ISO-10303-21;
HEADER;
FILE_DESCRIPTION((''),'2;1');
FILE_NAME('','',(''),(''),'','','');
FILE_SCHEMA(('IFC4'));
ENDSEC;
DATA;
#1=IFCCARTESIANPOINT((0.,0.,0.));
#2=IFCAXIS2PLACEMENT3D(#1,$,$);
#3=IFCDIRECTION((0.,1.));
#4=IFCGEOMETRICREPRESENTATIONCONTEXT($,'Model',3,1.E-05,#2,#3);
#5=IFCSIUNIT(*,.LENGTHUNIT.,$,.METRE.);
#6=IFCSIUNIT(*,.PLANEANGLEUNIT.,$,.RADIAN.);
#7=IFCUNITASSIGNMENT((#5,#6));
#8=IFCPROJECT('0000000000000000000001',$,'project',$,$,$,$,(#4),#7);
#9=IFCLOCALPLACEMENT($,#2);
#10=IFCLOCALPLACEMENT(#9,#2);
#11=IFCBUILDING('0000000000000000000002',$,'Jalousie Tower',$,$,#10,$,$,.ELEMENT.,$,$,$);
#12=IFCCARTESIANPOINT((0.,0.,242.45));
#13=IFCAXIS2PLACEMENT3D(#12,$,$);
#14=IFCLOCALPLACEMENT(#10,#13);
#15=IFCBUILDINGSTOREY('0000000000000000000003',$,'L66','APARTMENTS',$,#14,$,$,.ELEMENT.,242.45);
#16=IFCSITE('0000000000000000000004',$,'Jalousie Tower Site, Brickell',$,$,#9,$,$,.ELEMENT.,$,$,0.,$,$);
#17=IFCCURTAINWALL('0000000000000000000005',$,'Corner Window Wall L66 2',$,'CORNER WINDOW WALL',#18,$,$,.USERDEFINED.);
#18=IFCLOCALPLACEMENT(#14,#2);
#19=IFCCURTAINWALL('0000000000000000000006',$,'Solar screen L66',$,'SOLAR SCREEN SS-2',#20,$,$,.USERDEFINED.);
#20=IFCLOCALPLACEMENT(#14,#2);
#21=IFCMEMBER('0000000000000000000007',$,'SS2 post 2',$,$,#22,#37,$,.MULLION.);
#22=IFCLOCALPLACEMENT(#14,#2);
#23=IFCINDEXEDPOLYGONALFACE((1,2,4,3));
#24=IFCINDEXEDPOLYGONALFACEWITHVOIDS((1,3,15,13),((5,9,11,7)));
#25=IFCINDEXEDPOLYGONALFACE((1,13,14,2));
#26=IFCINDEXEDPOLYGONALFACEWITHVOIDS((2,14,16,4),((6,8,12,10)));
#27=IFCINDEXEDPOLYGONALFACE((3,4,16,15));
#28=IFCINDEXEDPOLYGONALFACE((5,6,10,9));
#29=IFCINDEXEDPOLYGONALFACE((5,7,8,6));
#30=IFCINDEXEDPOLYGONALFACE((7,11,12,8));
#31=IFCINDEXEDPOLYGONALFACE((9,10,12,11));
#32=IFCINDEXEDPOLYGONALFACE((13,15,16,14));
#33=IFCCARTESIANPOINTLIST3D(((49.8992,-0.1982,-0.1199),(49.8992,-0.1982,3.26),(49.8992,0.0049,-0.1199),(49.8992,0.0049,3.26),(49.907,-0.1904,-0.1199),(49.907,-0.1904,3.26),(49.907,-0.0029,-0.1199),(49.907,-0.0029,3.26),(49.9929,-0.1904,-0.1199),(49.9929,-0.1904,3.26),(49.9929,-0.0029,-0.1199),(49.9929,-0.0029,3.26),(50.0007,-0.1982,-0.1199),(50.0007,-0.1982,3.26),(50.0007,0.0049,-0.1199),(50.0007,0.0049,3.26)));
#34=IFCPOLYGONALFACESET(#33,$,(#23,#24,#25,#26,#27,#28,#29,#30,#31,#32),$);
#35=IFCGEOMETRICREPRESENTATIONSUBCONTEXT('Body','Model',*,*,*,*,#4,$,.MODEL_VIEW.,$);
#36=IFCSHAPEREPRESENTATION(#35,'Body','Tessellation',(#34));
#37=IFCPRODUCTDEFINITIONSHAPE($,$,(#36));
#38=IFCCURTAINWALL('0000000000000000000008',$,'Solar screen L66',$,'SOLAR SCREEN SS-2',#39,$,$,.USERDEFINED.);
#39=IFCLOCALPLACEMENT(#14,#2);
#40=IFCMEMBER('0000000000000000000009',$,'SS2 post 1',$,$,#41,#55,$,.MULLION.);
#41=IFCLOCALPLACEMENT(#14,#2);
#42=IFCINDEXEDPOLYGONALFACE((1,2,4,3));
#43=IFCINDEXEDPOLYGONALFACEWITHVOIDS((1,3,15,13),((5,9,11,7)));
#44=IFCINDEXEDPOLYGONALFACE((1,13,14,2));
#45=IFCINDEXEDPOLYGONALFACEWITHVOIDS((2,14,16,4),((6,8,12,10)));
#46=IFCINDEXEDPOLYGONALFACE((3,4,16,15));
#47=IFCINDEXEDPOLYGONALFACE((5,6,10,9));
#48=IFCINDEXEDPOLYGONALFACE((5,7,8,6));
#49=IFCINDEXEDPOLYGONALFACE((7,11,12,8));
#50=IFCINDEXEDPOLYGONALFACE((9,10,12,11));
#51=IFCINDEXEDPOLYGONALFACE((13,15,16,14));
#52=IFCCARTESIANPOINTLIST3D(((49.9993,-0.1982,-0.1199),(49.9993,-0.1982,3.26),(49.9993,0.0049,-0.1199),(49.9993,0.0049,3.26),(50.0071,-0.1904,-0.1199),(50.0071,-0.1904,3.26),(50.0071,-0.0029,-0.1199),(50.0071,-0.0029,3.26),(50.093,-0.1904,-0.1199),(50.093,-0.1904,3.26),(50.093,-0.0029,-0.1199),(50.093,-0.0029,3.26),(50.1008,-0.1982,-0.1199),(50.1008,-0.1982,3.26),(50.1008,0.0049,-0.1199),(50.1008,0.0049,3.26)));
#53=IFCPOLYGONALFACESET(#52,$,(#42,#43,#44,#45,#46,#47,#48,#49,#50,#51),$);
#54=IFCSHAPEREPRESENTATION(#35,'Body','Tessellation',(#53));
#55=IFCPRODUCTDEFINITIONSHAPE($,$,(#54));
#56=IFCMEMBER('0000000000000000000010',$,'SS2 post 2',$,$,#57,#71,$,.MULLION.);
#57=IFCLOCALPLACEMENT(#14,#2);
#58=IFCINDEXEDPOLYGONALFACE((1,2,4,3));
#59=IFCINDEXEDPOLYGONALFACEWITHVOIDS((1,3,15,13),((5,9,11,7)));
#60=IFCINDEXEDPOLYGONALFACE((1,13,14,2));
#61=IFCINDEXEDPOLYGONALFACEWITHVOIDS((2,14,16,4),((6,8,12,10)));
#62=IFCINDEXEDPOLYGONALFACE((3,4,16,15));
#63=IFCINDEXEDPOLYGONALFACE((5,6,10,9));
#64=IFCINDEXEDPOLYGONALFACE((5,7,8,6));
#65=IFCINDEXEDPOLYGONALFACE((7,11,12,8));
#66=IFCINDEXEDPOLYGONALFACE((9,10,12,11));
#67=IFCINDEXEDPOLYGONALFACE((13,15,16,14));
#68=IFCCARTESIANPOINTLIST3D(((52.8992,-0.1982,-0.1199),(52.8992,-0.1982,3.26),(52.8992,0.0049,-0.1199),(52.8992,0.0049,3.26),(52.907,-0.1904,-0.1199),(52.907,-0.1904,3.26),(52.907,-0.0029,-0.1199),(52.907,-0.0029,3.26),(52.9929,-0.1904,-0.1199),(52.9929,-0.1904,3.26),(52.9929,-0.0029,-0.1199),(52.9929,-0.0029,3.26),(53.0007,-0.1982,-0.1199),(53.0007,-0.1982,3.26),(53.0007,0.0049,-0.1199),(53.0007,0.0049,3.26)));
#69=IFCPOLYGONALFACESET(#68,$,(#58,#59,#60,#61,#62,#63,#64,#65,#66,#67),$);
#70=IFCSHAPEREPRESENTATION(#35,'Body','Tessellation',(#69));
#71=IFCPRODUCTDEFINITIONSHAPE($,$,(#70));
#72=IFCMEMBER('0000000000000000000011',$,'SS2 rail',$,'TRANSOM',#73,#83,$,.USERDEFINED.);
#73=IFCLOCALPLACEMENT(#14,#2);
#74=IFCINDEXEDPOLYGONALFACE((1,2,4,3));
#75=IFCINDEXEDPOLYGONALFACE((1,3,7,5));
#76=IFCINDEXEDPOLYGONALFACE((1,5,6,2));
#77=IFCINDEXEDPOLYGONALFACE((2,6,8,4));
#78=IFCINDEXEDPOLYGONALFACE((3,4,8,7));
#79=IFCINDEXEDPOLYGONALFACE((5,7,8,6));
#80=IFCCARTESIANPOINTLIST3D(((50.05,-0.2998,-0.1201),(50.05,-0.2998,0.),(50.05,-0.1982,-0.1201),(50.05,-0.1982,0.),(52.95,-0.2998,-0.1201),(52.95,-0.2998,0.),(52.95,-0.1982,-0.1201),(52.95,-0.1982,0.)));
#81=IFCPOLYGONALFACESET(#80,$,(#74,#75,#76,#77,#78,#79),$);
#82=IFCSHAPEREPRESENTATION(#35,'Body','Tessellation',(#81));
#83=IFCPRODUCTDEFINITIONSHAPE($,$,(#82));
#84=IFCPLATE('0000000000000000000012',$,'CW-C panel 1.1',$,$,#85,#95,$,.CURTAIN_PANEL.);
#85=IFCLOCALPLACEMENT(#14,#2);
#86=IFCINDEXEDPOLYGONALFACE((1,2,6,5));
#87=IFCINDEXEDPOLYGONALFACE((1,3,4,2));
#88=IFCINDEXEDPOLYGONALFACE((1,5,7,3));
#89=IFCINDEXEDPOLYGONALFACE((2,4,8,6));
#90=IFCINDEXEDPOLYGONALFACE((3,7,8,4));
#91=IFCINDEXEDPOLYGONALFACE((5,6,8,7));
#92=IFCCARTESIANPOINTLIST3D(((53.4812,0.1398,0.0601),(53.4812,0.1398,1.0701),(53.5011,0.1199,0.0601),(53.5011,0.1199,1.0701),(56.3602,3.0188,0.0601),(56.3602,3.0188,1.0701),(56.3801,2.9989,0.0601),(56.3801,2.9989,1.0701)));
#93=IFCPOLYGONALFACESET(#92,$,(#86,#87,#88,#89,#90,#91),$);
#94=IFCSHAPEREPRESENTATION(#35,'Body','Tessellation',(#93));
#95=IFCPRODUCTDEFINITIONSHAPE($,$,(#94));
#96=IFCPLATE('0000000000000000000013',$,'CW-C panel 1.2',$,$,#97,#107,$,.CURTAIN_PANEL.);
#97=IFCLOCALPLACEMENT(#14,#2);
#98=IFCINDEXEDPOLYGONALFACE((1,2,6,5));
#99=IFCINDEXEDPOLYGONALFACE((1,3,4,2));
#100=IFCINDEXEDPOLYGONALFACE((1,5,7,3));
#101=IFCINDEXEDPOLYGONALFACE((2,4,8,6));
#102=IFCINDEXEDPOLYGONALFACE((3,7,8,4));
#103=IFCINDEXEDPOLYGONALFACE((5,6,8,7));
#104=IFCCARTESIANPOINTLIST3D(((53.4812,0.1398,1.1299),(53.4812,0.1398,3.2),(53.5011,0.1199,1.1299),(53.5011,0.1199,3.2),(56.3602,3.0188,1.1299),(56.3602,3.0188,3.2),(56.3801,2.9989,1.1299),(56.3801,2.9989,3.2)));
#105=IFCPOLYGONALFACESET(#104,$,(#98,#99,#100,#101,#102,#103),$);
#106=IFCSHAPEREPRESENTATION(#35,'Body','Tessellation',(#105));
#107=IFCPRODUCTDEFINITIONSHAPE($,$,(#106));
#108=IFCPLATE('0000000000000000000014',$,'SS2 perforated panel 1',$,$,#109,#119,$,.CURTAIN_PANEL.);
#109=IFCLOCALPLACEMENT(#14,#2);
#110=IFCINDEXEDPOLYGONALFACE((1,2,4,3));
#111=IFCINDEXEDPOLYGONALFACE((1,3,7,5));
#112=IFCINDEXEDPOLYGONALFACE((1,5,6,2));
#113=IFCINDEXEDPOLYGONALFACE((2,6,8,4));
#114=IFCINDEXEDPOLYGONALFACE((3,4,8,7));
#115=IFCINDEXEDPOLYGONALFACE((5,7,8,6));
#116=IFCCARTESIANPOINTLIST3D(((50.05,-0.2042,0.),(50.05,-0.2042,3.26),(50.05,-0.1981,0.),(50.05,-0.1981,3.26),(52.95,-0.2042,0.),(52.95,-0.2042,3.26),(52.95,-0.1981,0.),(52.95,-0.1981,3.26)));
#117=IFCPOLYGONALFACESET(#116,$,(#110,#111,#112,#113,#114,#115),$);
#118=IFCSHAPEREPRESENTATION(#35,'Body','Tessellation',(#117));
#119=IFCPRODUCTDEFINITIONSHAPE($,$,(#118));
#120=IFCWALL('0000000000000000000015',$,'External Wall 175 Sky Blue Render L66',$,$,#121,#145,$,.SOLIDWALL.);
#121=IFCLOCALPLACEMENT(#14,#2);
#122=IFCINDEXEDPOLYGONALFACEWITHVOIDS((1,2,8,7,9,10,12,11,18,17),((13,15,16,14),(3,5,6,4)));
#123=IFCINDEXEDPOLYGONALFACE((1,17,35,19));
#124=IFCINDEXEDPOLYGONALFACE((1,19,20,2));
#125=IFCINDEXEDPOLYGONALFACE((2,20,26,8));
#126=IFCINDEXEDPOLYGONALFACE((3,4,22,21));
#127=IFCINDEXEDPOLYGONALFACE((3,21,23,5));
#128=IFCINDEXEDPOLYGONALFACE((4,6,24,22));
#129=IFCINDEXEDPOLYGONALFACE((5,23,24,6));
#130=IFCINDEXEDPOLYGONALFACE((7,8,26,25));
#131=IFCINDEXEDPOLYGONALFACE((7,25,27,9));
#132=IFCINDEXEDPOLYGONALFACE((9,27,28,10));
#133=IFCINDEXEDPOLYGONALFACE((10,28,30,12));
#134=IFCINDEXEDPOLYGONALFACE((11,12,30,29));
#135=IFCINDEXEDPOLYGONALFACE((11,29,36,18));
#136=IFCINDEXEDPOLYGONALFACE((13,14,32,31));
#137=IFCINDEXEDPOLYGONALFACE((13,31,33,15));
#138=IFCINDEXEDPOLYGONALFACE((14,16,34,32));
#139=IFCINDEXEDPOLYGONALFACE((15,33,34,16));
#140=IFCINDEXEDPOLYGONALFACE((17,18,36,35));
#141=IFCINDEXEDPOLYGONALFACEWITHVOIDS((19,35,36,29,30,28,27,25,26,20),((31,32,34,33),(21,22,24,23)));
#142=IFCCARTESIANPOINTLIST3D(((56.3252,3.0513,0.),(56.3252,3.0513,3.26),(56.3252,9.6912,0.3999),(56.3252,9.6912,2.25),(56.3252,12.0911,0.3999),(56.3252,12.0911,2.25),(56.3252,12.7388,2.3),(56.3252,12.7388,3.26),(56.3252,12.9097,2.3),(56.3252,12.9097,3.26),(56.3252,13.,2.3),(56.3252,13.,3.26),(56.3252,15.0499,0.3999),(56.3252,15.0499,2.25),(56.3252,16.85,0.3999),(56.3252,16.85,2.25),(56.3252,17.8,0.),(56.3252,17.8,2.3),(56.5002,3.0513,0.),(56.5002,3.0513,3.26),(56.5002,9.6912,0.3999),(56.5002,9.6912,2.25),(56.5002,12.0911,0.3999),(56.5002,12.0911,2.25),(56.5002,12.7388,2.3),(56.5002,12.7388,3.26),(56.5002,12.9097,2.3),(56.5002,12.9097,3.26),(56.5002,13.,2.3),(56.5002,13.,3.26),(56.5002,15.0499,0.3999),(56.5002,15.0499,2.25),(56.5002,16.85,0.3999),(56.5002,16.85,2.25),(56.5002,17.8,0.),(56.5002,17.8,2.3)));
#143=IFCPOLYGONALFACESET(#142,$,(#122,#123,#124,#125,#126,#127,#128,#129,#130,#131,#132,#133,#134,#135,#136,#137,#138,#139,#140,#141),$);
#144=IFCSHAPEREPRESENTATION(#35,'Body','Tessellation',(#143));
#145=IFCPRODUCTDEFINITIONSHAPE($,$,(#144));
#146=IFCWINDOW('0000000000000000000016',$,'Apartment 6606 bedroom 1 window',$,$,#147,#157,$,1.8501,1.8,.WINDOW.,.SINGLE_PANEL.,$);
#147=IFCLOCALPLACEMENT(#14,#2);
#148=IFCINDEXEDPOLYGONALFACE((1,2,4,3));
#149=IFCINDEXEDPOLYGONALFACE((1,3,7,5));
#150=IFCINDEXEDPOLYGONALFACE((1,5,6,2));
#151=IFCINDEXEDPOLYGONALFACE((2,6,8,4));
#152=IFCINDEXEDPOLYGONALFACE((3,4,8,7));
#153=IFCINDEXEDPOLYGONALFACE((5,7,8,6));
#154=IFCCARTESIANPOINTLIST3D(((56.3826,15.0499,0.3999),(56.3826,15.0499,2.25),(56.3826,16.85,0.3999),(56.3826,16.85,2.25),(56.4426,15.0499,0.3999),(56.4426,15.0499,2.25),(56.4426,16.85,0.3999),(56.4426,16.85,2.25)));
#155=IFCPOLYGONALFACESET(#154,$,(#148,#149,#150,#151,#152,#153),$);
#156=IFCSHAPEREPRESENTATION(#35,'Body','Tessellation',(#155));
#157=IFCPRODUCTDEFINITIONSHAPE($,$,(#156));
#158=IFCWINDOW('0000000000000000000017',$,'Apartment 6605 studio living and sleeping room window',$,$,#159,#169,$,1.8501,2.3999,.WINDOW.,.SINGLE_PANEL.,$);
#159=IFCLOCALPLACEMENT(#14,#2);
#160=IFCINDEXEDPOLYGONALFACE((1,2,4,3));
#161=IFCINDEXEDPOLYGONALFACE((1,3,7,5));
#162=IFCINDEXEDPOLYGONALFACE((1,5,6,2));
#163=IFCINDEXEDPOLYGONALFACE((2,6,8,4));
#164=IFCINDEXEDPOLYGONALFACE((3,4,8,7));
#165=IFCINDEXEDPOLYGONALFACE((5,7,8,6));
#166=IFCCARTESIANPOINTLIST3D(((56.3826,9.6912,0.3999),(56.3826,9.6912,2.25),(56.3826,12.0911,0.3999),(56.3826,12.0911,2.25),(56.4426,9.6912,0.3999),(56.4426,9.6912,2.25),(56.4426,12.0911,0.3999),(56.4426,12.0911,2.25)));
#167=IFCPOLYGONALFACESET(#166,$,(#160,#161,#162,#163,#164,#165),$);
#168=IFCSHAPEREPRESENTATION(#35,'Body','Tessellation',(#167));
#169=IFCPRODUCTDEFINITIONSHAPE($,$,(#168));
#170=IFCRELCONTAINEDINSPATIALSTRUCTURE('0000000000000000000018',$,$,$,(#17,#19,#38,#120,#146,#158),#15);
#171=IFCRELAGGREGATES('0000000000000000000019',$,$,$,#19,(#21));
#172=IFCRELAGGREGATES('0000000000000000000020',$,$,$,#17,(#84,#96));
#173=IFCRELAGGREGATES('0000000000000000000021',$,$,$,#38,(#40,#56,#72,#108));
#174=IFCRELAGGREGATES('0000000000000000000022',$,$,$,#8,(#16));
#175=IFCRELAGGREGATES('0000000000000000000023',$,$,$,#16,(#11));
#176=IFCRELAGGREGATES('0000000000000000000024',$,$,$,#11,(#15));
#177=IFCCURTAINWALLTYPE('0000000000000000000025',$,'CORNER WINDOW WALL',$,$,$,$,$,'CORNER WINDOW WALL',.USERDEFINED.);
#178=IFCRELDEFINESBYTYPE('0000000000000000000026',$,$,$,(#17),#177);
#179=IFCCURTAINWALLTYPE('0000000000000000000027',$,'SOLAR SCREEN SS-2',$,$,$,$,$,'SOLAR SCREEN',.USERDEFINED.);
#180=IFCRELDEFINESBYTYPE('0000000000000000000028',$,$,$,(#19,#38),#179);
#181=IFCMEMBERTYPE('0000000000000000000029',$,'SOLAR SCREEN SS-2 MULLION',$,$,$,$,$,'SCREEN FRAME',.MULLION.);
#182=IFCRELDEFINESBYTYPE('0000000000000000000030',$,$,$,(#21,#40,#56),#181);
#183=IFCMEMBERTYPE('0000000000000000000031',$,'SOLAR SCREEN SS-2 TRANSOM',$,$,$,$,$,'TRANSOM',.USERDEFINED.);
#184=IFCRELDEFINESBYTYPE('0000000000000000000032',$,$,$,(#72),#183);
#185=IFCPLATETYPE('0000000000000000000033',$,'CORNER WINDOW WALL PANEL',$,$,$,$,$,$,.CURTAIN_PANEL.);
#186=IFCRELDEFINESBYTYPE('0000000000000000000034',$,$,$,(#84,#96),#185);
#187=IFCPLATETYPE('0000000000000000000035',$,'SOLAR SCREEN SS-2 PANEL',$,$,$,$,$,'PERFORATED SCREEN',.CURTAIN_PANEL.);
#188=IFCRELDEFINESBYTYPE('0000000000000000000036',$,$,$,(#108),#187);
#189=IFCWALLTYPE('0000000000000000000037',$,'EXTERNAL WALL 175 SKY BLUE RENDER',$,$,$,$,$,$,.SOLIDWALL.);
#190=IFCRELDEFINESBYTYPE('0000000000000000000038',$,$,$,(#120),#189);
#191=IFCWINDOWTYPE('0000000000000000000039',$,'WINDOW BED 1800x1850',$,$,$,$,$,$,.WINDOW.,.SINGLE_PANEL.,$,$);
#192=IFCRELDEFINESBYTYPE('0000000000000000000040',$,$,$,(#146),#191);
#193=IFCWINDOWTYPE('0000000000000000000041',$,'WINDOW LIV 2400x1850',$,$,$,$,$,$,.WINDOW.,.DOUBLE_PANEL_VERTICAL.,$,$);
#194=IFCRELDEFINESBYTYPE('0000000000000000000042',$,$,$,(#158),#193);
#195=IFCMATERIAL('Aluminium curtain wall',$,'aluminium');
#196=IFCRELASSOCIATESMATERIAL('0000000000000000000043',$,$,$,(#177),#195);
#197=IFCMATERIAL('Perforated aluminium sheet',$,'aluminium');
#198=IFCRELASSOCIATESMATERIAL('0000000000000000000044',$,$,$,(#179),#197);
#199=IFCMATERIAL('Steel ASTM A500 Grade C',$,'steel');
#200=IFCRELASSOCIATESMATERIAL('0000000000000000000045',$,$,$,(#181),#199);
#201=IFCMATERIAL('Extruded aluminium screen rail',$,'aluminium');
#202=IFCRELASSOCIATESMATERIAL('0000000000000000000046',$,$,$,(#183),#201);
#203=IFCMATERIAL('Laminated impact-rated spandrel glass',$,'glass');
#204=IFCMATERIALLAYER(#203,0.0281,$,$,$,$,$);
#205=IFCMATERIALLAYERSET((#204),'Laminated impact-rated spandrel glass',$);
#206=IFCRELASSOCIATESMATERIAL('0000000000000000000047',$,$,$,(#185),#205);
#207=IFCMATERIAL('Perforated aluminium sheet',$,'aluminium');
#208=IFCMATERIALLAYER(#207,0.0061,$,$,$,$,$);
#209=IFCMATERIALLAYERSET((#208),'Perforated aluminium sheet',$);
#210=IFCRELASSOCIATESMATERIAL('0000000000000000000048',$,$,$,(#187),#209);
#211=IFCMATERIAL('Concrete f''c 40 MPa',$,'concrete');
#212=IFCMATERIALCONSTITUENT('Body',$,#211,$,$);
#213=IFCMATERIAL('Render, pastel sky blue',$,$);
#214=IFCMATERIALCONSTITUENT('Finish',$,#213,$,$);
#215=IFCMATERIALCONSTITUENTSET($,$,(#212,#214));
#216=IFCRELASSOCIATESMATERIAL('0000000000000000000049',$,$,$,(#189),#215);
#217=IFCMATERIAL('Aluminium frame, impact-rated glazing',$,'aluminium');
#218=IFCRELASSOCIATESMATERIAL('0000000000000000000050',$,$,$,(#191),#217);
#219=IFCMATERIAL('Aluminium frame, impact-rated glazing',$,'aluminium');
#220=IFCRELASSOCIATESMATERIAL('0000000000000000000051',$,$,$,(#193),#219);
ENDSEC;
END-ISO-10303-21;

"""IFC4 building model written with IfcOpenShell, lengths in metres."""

from ifc_helpers import new_model, si_unit, direction, frame, frame_2d, origin, origin_2d, place, context, subcontext, project, spatial, polyline, rectangle, hollow_rectangle, outline, extrude, material, layer, layer_set, constituent, constituent_set, material_profile, profile_set, type_object, element, fill, aggregate, save


model = new_model("IFC4")

# Units and contexts
model_context = context("Model", 3, precision=1e-05, world=origin(), true_north=direction((0.0, 1.0)))
body_context = subcontext(model_context, "Body", "Model", "MODEL_VIEW")
ifc_project = project(units=[si_unit("LENGTHUNIT", "METRE"), si_unit("PLANEANGLEUNIT", "RADIAN")], contexts=[model_context])

# Site, building, storey
site_placement = place(None, origin())
site = spatial("IfcSite", under=ifc_project, at=site_placement, Name="Jalousie Tower Site, Brickell", CompositionType="ELEMENT", RefElevation=0.0)
building_placement = place(site_placement, origin())
building = spatial("IfcBuilding", under=site, at=building_placement, Name="Jalousie Tower", CompositionType="ELEMENT")
storey_placement = place(building_placement, frame((0.0, 0.0, 242.45)))
storey = spatial("IfcBuildingStorey", under=building, at=storey_placement, Name="L66", Description="APARTMENTS", CompositionType="ELEMENT", Elevation=242.45)

# Curtain wall
ifc_material_1 = material(Name="Aluminium curtain wall", Category="aluminium")
curtain_wall_type_1 = type_object("IfcCurtainWallType", Name="CORNER WINDOW WALL", ElementType="CORNER WINDOW WALL", PredefinedType="USERDEFINED", material=ifc_material_1)
curtain_wall_1_placement = place(storey_placement, origin())
curtain_wall_1 = element("IfcCurtainWall", 1, at=curtain_wall_1_placement, inside=storey, type_object=curtain_wall_type_1, Name="Corner Window Wall L66 2", ObjectType="CORNER WINDOW WALL", PredefinedType="USERDEFINED")

# Curtain wall, member
ifc_material_2 = material(Name="Perforated aluminium sheet", Category="aluminium")
curtain_wall_type_2 = type_object("IfcCurtainWallType", Name="SOLAR SCREEN SS-2", ElementType="SOLAR SCREEN", PredefinedType="USERDEFINED", material=ifc_material_2)
curtain_wall_2_placement = place(storey_placement, origin())
curtain_wall_2 = element("IfcCurtainWall", 2, at=curtain_wall_2_placement, inside=storey, type_object=curtain_wall_type_2, Name="Solar screen L66", ObjectType="SOLAR SCREEN SS-2", PredefinedType="USERDEFINED")
ifc_material_3 = material(Name="Steel ASTM A500 Grade C", Category="steel")
ifc_material_profile_1 = material_profile(ifc_material_3, hollow_rectangle(XDim=0.1016, YDim=0.2031, WallThickness=0.0078, at=origin_2d()), Name="HSS8X4X5/16")
ifc_profile_set_1 = profile_set([ifc_material_profile_1], Name="Steel ASTM A500 Grade C")
member_type_1 = type_object("IfcMemberType", Name="SOLAR SCREEN SS-2 MULLION", ElementType="SCREEN FRAME", PredefinedType="MULLION", material=ifc_profile_set_1)
member_1_placement = place(storey_placement, frame((49.95, -0.0967, -0.1199), z_axis=(0.0, 0.0, 1.0), x_axis=(1.0, 0.0, 0.0)))
member_1 = element("IfcMember", 3, at=member_1_placement, type_object=member_type_1, Name="SS2 post 2", PredefinedType="MULLION", context=body_context, shape_type="SweptSolid", body=[
    extrude(hollow_rectangle(XDim=0.1016, YDim=0.2031, WallThickness=0.0078, at=origin_2d()), origin(), (0.0, 0.0, 1.0), 3.3799),
])
aggregate(curtain_wall_2, [member_1])

# Curtain wall, members
curtain_wall_3_placement = place(storey_placement, origin())
curtain_wall_3 = element("IfcCurtainWall", 4, at=curtain_wall_3_placement, inside=storey, type_object=curtain_wall_type_2, Name="Solar screen L66", ObjectType="SOLAR SCREEN SS-2", PredefinedType="USERDEFINED")
member_2_placement = place(storey_placement, frame((50.05, -0.0967, -0.1199), z_axis=(0.0, 0.0, 1.0), x_axis=(1.0, 0.0, 0.0)))
member_2 = element("IfcMember", 5, at=member_2_placement, type_object=member_type_1, Name="SS2 post 1", PredefinedType="MULLION", context=body_context, shape_type="SweptSolid", body=[
    extrude(hollow_rectangle(XDim=0.1016, YDim=0.2031, WallThickness=0.0078, at=origin_2d()), origin(), (0.0, 0.0, 1.0), 3.3799),
])
member_3_placement = place(storey_placement, frame((52.95, -0.0967, -0.1199), z_axis=(0.0, 0.0, 1.0), x_axis=(1.0, 0.0, 0.0)))
member_3 = element("IfcMember", 6, at=member_3_placement, type_object=member_type_1, Name="SS2 post 2", PredefinedType="MULLION", context=body_context, shape_type="SweptSolid", body=[
    extrude(hollow_rectangle(XDim=0.1016, YDim=0.2031, WallThickness=0.0078, at=origin_2d()), origin(), (0.0, 0.0, 1.0), 3.3799),
])
ifc_material_4 = material(Name="Extruded aluminium screen rail", Category="aluminium")
ifc_material_profile_2 = material_profile(ifc_material_4, rectangle(XDim=0.1016, YDim=0.1201, at=origin_2d()), Name="RAIL 102x120")
ifc_profile_set_2 = profile_set([ifc_material_profile_2], Name="Extruded aluminium screen rail")
member_type_2 = type_object("IfcMemberType", Name="SOLAR SCREEN SS-2 TRANSOM", ElementType="TRANSOM", PredefinedType="USERDEFINED", material=ifc_profile_set_2)
member_4_placement = place(storey_placement, frame((50.05, -0.249, -0.0601), z_axis=(1.0, 0.0, 0.0), x_axis=(0.0, 1.0, 0.0)))
member_4 = element("IfcMember", 7, at=member_4_placement, type_object=member_type_2, Name="SS2 rail", ObjectType="TRANSOM", PredefinedType="USERDEFINED", context=body_context, shape_type="SweptSolid", body=[
    extrude(rectangle(XDim=0.1016, YDim=0.1201, at=origin_2d()), origin(), (0.0, 0.0, 1.0), 2.8999),
])

# Plates
ifc_material_5 = material(Name="Laminated impact-rated spandrel glass", Category="glass")
ifc_layer_1 = layer(ifc_material_5, 0.0281)
ifc_layer_set_1 = layer_set([ifc_layer_1], Name="Laminated impact-rated spandrel glass")
plate_type_1 = type_object("IfcPlateType", Name="CORNER WINDOW WALL PANEL", PredefinedType="CURTAIN_PANEL", material=ifc_layer_set_1)
plate_1_placement = place(storey_placement, frame((54.9307, 1.5693, 0.0601), z_axis=(0.0, 0.0, 1.0), x_axis=(0.707107, 0.707107, 0.0)))
plate_1 = element("IfcPlate", 8, at=plate_1_placement, type_object=plate_type_1, Name="CW-C panel 1.1", PredefinedType="CURTAIN_PANEL", context=body_context, shape_type="SweptSolid", body=[
    extrude(rectangle(XDim=4.0715, YDim=0.0281, at=origin_2d()), origin(), (0.0, 0.0, 1.0), 1.01),
])
plate_2_placement = place(storey_placement, frame((54.9307, 1.5693, 1.1299), z_axis=(0.0, 0.0, 1.0), x_axis=(0.707107, 0.707107, 0.0)))
plate_2 = element("IfcPlate", 9, at=plate_2_placement, type_object=plate_type_1, Name="CW-C panel 1.2", PredefinedType="CURTAIN_PANEL", context=body_context, shape_type="SweptSolid", body=[
    extrude(rectangle(XDim=4.0715, YDim=0.0281, at=origin_2d()), origin(), (0.0, 0.0, 1.0), 2.0701),
])
aggregate(curtain_wall_1, [plate_1, plate_2])
ifc_material_6 = material(Name="Perforated aluminium sheet", Category="aluminium")
ifc_layer_2 = layer(ifc_material_6, 0.0061)
ifc_layer_set_2 = layer_set([ifc_layer_2], Name="Perforated aluminium sheet")
plate_type_2 = type_object("IfcPlateType", Name="SOLAR SCREEN SS-2 PANEL", ElementType="PERFORATED SCREEN", PredefinedType="CURTAIN_PANEL", material=ifc_layer_set_2)
plate_3_placement = place(storey_placement, frame((51.5, -0.2012, 0.0), z_axis=(0.0, 0.0, 1.0), x_axis=(1.0, 0.0, 0.0)))
plate_3 = element("IfcPlate", 10, at=plate_3_placement, type_object=plate_type_2, Name="SS2 perforated panel 1", PredefinedType="CURTAIN_PANEL", context=body_context, shape_type="SweptSolid", body=[
    extrude(rectangle(XDim=2.8999, YDim=0.0061, at=origin_2d()), origin(), (0.0, 0.0, 1.0), 3.26),
])
aggregate(curtain_wall_3, [member_2, member_3, member_4, plate_3])

# Wall, openings, windows
ifc_material_7 = material(Name="Concrete f'c 40 MPa", Category="concrete")
ifc_constituent_1 = constituent(ifc_material_7, Name="Body")
ifc_material_8 = material(Name="Render, pastel sky blue")
ifc_constituent_2 = constituent(ifc_material_8, Name="Finish")
ifc_constituent_set_1 = constituent_set(constituents=[ifc_constituent_1, ifc_constituent_2])
wall_type_1 = type_object("IfcWallType", Name="EXTERNAL WALL 175 SKY BLUE RENDER", PredefinedType="SOLIDWALL", material=ifc_constituent_set_1)
wall_1_placement = place(storey_placement, frame((56.4126, 3.0513, 0.0), z_axis=(0.0, 0.0, 1.0), x_axis=(0.0, 1.0, 0.0)))
wall_1 = element("IfcWall", 11, at=wall_1_placement, inside=storey, type_object=wall_type_1, Name="External Wall 175 Sky Blue Render L66", PredefinedType="SOLIDWALL", context=body_context, shape_type="SweptSolid", body=[
    extrude(outline(polyline([(0.0, 0.0), (14.7488, 0.0), (14.7488, 2.3), (9.9487, 2.3), (9.9487, 3.26), (9.8584, 3.26), (9.8584, 2.3), (9.6875, 2.3), (9.6875, 3.26), (0.0, 3.26), (0.0, 0.0)])), frame((0.0, 0.0874, 0.0), z_axis=(0.0, -1.0, 0.0), x_axis=(1.0, 0.0, 0.0)), (0.0, 0.0, 1.0), 0.175),
])
opening_1_placement = place(wall_1_placement, frame((6.6399, 0.0, 0.3999)))
opening_1 = element("IfcOpeningElement", 12, at=opening_1_placement, cuts=wall_1, PredefinedType="OPENING", context=body_context, shape_type="SweptSolid", body=[
    extrude(rectangle(XDim=2.3999, YDim=1.8501, at=frame_2d((1.2, 0.925))), frame((0.0, 0.0974, 0.0), z_axis=(0.0, -1.0, 0.0), x_axis=(1.0, 0.0, 0.0)), (0.0, 0.0, 1.0), 0.1951),
])
opening_2_placement = place(wall_1_placement, frame((11.9988, 0.0, 0.3999)))
opening_2 = element("IfcOpeningElement", 13, at=opening_2_placement, cuts=wall_1, PredefinedType="OPENING", context=body_context, shape_type="SweptSolid", body=[
    extrude(rectangle(XDim=1.8, YDim=1.8501, at=frame_2d((0.8999, 0.925))), frame((0.0, 0.0974, 0.0), z_axis=(0.0, -1.0, 0.0), x_axis=(1.0, 0.0, 0.0)), (0.0, 0.0, 1.0), 0.1951),
])
ifc_material_9 = material(Name="Aluminium frame, impact-rated glazing", Category="aluminium")
window_type_1 = type_object("IfcWindowType", Name="WINDOW BED 1800x1850", PartitioningType="SINGLE_PANEL", PredefinedType="WINDOW", material=ifc_material_9)
window_1_placement = place(opening_2_placement, origin())
window_1 = element("IfcWindow", 14, at=window_1_placement, inside=storey, type_object=window_type_1, Name="Apartment 6606 bedroom 1 window", OverallHeight=1.8501, OverallWidth=1.8, PartitioningType="SINGLE_PANEL", PredefinedType="WINDOW", context=body_context, shape_type="SweptSolid", body=[
    extrude(rectangle(XDim=1.8, YDim=1.8501, at=frame_2d((0.8999, 0.925))), frame((0.0, 0.03, 0.0), z_axis=(0.0, -1.0, 0.0), x_axis=(1.0, 0.0, 0.0)), (0.0, 0.0, 1.0), 0.0601),
])
fill(opening_2, window_1)
ifc_material_10 = material(Name="Aluminium frame, impact-rated glazing", Category="aluminium")
window_type_2 = type_object("IfcWindowType", Name="WINDOW LIV 2400x1850", PartitioningType="DOUBLE_PANEL_VERTICAL", PredefinedType="WINDOW", material=ifc_material_10)
window_2_placement = place(opening_1_placement, origin())
window_2 = element("IfcWindow", 15, at=window_2_placement, inside=storey, type_object=window_type_2, Name="Apartment 6605 studio living and sleeping room window", OverallHeight=1.8501, OverallWidth=2.3999, PartitioningType="SINGLE_PANEL", PredefinedType="WINDOW", context=body_context, shape_type="SweptSolid", body=[
    extrude(rectangle(XDim=2.3999, YDim=1.8501, at=frame_2d((1.2, 0.925))), frame((0.0, 0.03, 0.0), z_axis=(0.0, -1.0, 0.0), x_axis=(1.0, 0.0, 0.0)), (0.0, 0.0, 1.0), 0.0601),
])
fill(opening_1, window_2)

save(model, "model.ifc")
